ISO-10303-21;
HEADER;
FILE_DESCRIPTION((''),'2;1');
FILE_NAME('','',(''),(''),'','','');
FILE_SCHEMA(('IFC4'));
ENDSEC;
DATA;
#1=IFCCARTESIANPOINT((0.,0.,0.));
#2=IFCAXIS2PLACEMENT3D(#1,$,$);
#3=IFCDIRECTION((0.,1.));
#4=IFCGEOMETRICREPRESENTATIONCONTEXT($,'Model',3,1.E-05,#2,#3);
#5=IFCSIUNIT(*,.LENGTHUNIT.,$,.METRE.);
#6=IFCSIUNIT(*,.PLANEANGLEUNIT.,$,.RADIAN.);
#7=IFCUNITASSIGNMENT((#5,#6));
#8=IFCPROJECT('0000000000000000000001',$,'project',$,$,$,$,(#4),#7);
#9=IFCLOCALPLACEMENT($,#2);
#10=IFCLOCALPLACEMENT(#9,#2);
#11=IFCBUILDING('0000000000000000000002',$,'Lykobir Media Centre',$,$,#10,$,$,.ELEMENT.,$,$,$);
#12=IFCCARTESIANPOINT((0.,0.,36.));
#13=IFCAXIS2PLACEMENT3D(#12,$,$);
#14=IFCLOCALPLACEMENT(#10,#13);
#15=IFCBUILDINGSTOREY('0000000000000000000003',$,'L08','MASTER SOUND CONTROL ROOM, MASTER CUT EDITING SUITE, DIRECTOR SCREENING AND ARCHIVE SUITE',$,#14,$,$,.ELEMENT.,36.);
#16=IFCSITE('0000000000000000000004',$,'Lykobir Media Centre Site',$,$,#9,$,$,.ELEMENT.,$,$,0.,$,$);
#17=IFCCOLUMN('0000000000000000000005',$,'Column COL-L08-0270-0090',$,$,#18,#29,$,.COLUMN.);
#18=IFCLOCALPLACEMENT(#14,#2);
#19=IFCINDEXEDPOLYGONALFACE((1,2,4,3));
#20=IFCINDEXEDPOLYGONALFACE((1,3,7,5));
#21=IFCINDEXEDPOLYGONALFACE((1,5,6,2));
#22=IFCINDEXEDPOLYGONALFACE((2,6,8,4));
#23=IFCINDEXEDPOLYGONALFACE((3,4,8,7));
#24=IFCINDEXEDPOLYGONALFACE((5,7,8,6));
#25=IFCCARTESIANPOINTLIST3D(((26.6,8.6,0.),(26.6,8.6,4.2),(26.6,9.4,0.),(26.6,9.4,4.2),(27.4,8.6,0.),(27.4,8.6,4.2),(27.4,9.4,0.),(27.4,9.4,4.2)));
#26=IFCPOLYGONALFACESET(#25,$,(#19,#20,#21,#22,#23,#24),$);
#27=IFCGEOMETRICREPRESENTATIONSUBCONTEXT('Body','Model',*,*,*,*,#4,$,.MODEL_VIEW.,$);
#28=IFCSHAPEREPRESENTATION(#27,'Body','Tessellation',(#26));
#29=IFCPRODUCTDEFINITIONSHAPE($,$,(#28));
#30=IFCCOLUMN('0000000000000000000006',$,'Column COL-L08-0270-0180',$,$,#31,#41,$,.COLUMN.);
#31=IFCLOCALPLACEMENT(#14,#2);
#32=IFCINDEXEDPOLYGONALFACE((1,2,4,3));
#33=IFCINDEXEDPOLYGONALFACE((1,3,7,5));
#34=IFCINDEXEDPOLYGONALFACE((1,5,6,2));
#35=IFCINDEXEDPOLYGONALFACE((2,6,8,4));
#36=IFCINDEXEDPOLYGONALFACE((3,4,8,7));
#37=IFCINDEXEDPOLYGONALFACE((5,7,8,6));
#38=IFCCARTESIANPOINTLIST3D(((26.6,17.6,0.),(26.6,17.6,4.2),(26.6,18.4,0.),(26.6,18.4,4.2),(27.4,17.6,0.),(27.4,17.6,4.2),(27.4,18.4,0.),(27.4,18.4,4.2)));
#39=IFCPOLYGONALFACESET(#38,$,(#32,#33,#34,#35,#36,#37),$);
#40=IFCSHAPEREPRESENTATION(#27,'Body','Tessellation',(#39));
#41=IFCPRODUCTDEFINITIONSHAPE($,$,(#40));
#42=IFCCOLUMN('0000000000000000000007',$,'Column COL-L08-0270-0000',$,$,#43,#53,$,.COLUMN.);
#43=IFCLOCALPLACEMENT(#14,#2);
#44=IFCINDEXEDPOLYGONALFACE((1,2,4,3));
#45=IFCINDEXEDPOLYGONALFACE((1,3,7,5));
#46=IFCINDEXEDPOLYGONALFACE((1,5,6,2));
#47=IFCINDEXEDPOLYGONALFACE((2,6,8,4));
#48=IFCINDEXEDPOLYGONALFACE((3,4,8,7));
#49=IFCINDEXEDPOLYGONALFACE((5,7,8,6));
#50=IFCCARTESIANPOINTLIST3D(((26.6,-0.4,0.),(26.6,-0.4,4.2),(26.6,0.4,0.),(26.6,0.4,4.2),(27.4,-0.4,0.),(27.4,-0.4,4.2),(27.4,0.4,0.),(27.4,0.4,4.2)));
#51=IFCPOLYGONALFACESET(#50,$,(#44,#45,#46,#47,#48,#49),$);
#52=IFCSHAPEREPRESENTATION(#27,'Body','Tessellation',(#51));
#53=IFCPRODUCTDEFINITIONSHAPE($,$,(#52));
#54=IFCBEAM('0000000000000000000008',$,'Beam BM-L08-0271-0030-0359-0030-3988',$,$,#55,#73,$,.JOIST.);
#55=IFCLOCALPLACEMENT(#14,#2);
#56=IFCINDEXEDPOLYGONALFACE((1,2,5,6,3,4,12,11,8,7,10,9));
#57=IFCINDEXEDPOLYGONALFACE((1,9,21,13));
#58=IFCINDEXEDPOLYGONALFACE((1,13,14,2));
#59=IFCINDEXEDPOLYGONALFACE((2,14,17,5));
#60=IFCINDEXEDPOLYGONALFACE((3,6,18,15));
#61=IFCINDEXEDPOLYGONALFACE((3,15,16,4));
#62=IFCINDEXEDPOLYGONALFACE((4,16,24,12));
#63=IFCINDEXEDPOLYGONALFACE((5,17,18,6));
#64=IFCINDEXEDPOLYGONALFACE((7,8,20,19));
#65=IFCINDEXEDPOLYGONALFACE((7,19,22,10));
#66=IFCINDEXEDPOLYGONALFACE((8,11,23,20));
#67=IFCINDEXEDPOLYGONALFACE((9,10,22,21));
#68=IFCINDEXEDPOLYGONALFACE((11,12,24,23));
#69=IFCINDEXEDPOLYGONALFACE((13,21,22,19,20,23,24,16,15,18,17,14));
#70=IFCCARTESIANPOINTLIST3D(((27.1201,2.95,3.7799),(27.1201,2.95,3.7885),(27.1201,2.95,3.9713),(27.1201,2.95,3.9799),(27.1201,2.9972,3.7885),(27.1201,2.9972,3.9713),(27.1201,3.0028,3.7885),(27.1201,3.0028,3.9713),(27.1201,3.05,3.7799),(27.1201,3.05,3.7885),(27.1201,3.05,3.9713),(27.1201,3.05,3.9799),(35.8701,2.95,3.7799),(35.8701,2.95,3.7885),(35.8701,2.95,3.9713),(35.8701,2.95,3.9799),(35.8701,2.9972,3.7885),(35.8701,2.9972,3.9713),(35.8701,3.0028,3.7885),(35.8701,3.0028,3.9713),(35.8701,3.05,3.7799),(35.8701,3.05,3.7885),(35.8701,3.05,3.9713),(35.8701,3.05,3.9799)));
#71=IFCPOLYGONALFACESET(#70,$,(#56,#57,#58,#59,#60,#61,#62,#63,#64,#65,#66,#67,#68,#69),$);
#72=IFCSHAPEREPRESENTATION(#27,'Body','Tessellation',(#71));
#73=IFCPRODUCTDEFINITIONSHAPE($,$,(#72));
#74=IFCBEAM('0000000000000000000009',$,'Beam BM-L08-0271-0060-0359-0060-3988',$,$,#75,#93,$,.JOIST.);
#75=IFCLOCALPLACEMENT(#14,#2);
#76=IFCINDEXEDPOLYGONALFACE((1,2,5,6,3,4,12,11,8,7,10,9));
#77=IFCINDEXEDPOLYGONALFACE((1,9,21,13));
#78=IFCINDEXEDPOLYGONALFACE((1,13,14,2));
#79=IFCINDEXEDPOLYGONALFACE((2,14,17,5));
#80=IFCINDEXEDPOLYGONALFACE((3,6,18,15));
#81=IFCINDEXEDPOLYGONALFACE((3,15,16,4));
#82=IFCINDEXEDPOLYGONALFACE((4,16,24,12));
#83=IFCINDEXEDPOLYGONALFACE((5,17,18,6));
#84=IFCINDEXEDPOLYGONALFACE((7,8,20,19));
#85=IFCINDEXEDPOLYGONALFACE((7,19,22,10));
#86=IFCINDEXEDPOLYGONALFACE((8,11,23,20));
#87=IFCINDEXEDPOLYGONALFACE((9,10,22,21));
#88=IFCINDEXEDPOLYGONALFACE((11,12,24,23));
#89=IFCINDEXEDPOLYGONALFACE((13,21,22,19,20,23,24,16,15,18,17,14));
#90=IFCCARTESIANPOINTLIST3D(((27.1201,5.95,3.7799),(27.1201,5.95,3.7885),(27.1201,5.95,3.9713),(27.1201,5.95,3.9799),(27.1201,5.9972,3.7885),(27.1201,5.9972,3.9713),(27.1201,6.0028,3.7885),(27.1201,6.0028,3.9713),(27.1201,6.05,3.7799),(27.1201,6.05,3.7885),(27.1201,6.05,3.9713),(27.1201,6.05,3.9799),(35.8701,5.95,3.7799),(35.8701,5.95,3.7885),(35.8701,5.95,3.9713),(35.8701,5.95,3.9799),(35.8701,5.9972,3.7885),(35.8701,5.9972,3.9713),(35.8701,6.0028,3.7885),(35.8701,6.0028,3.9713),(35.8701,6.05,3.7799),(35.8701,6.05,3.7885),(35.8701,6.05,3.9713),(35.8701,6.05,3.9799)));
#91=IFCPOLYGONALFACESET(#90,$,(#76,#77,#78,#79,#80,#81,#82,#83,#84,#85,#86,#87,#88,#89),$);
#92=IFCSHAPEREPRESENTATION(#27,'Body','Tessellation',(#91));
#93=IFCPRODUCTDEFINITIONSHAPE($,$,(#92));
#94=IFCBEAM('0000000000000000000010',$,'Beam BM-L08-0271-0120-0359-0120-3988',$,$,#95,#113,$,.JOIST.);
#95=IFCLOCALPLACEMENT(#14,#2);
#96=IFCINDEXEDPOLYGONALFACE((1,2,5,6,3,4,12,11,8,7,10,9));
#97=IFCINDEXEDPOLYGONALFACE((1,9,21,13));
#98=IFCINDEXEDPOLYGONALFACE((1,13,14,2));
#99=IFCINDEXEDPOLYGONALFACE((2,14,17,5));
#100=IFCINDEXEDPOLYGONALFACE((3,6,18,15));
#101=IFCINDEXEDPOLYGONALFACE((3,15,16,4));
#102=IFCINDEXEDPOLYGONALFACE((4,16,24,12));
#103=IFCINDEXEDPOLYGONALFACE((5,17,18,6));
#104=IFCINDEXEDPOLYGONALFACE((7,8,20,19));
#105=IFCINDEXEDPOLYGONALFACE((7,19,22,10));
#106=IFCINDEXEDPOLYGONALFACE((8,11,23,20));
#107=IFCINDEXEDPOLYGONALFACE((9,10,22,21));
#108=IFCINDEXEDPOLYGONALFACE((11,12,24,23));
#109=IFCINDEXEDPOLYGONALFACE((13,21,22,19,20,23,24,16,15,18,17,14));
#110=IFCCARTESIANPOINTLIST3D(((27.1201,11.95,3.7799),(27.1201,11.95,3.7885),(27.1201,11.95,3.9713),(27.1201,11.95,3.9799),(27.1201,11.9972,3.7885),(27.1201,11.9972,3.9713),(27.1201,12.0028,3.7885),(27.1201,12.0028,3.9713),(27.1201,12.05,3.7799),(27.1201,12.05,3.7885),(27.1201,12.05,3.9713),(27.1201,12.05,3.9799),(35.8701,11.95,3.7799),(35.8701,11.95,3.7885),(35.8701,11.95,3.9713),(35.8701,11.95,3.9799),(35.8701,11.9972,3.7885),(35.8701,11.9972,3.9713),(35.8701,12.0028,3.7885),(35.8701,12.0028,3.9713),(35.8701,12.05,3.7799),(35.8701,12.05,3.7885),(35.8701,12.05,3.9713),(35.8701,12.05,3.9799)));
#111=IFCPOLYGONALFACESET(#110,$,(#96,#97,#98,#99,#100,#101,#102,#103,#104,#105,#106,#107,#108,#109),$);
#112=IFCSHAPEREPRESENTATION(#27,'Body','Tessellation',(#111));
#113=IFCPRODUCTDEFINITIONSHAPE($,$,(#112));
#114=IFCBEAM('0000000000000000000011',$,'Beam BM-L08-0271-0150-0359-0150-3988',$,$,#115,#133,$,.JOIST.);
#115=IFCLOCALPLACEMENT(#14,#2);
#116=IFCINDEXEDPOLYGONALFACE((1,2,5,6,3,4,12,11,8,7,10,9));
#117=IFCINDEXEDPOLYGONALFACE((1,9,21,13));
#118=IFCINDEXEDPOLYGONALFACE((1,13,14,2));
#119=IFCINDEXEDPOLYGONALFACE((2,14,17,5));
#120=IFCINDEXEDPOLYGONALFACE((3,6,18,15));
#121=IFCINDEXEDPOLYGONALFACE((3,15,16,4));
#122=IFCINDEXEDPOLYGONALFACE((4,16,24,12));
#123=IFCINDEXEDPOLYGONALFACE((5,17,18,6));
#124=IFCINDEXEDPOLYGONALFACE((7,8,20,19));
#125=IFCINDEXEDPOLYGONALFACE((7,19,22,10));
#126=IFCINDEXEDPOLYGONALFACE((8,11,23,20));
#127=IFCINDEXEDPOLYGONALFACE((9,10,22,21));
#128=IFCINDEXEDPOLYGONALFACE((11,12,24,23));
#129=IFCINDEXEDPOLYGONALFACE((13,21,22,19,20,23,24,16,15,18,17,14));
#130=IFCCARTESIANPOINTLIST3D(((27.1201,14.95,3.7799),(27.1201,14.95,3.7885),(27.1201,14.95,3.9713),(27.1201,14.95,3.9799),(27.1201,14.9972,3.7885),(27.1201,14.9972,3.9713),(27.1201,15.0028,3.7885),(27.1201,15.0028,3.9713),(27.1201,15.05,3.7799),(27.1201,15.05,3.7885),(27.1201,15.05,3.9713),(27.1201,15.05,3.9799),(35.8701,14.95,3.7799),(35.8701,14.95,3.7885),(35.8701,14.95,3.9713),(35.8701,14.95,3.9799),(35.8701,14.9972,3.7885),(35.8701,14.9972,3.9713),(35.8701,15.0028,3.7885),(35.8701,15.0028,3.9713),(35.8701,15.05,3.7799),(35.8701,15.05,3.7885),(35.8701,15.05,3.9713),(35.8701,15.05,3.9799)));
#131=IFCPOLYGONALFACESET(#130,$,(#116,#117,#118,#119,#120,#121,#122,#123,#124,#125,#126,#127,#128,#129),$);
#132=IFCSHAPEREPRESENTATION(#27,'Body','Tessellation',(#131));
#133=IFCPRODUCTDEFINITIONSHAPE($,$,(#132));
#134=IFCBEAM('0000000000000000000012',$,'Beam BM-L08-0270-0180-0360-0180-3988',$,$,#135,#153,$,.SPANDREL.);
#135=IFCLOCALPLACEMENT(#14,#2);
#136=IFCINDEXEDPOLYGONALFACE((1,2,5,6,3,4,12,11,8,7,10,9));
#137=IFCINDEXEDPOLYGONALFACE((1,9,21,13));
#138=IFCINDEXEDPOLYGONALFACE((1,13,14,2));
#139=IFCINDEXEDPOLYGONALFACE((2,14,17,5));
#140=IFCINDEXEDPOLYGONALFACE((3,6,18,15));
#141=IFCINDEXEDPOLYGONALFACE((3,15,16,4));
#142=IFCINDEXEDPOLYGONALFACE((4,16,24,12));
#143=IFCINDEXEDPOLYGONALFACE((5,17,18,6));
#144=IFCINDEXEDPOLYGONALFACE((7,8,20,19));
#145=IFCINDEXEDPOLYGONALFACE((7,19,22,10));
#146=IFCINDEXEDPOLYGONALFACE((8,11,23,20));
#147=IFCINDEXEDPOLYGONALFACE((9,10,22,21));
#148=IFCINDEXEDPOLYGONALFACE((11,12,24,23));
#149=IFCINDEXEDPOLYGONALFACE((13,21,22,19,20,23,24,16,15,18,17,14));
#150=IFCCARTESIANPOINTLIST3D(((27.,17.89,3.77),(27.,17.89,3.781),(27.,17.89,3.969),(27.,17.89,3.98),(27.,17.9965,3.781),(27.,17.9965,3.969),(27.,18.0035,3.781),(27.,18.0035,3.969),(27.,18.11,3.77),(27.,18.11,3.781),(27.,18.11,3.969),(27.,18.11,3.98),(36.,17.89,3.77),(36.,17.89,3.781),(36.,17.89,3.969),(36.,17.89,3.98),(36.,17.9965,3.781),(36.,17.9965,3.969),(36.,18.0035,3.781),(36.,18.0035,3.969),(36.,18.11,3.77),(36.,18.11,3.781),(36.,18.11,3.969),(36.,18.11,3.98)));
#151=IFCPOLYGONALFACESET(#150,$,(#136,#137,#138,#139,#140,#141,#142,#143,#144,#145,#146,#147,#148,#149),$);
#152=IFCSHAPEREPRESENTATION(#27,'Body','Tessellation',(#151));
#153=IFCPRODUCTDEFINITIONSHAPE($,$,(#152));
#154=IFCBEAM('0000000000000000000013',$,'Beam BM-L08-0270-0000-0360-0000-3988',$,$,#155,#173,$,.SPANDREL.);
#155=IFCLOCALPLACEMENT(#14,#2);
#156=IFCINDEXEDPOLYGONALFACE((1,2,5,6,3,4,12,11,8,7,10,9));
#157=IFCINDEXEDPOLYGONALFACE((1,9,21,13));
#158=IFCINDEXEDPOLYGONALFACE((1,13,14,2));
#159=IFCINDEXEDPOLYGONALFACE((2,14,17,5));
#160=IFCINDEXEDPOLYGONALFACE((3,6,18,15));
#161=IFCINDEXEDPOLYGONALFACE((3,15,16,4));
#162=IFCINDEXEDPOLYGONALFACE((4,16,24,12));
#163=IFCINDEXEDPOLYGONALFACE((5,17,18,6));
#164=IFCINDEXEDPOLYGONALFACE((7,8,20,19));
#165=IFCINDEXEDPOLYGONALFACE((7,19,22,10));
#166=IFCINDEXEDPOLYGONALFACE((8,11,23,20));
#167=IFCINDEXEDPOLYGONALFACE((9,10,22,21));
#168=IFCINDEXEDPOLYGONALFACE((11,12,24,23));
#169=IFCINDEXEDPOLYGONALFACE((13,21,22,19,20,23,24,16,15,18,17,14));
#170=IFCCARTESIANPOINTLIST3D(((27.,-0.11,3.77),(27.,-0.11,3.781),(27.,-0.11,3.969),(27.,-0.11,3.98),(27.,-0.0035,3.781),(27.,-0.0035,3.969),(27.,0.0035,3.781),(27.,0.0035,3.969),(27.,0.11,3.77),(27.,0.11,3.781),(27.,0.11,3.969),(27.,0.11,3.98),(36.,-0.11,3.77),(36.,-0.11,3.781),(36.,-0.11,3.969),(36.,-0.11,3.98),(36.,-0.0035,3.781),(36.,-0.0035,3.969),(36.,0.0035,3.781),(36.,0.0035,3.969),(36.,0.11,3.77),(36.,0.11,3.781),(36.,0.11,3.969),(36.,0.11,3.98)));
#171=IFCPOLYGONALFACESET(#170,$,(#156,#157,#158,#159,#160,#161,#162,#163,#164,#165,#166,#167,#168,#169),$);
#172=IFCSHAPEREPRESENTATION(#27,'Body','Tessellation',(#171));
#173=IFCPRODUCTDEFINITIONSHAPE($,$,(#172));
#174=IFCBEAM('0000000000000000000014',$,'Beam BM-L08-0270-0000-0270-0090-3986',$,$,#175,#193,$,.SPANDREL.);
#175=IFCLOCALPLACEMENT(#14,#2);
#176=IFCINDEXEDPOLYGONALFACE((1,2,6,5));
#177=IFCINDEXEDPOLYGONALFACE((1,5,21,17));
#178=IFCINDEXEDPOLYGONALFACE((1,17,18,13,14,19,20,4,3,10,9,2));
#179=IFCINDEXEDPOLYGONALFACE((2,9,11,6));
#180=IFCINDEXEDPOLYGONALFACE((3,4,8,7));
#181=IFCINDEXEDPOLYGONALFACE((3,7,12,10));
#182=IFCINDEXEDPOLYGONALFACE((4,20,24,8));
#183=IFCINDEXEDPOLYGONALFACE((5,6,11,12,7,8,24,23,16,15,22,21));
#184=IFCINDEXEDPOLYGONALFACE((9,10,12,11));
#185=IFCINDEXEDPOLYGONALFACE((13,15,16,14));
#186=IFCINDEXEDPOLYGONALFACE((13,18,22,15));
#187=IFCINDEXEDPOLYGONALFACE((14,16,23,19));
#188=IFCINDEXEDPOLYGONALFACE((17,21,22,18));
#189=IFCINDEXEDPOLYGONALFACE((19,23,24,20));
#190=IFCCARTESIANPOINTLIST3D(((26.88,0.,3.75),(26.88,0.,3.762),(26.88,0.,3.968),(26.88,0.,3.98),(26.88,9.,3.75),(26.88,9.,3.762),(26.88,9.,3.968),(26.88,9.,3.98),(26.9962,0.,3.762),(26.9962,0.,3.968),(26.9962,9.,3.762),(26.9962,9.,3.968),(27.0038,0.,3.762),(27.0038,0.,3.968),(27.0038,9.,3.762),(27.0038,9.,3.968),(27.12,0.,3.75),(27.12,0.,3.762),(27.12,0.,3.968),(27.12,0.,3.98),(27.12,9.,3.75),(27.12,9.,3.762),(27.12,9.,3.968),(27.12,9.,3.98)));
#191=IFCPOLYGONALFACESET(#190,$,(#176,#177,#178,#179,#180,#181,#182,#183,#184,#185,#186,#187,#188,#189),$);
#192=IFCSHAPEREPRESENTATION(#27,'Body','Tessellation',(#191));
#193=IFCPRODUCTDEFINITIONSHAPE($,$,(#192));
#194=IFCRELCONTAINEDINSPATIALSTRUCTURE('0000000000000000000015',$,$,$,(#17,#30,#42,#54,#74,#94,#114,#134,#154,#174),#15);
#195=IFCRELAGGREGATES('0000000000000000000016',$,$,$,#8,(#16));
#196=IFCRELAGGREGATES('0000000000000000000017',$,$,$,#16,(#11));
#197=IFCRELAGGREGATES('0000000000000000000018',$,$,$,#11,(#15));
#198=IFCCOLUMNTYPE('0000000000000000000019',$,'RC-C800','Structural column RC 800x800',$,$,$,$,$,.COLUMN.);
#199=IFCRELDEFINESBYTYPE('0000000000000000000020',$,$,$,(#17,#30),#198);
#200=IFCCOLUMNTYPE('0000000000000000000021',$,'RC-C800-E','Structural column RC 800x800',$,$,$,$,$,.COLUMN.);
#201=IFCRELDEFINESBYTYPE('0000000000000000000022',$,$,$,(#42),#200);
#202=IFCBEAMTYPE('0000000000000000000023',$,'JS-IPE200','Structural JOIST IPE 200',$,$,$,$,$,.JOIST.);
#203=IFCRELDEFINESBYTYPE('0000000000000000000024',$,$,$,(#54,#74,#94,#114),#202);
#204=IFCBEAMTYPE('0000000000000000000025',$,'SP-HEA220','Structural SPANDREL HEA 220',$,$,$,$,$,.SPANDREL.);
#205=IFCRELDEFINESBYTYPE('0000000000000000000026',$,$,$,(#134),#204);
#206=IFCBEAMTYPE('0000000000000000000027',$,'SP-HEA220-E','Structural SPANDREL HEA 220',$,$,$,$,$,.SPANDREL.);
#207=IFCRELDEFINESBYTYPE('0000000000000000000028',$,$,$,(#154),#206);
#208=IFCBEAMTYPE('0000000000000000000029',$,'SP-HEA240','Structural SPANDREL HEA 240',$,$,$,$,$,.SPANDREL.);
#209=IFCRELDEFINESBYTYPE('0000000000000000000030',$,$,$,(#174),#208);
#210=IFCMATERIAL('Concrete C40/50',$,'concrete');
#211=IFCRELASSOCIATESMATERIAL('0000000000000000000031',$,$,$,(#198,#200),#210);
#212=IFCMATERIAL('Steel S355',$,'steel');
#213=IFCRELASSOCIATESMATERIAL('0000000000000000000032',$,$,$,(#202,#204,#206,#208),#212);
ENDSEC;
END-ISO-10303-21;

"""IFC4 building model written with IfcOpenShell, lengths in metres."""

from ifc_helpers import new_model, si_unit, direction, frame, origin, origin_2d, place, context, subcontext, project, spatial, rectangle, i_section, extrude, material, material_profile, profile_set, type_object, element, save


model = new_model("IFC4")

# Units and contexts
model_context = context("Model", 3, precision=1e-05, world=origin(), true_north=direction((0.0, 1.0)))
body_context = subcontext(model_context, "Body", "Model", "MODEL_VIEW")
ifc_project = project(units=[si_unit("LENGTHUNIT", "METRE"), si_unit("PLANEANGLEUNIT", "RADIAN")], contexts=[model_context])

# Site, building, storey
site_placement = place(None, origin())
site = spatial("IfcSite", under=ifc_project, at=site_placement, Name="Lykobir Media Centre Site", CompositionType="ELEMENT", RefElevation=0.0)
building_placement = place(site_placement, origin())
building = spatial("IfcBuilding", under=site, at=building_placement, Name="Lykobir Media Centre", CompositionType="ELEMENT")
storey_placement = place(building_placement, frame((0.0, 0.0, 36.0)))
storey = spatial("IfcBuildingStorey", under=building, at=storey_placement, Name="L08", Description="MASTER SOUND CONTROL ROOM, MASTER CUT EDITING SUITE, DIRECTOR SCREENING AND ARCHIVE SUITE", CompositionType="ELEMENT", Elevation=36.0)

# Columns
ifc_material_1 = material(Name="Concrete C40/50", Category="concrete")
ifc_material_profile_1 = material_profile(ifc_material_1, rectangle(XDim=0.8, YDim=0.8, at=origin_2d()), Name="RC 800x800")
ifc_profile_set_1 = profile_set([ifc_material_profile_1], Name="Concrete C40/50")
column_type_1 = type_object("IfcColumnType", Name="RC-C800", Description="Structural column RC 800x800", PredefinedType="COLUMN", material=ifc_profile_set_1)
for number, where, z_axis, x_axis, name in (
    (1, (27.0, 9.0, 0.0), (0.0, 0.0, 1.0), (1.0, 0.0, 0.0), "Column COL-L08-0270-0090"),
    (2, (27.0, 18.0, 0.0), (0.0, 0.0, 1.0), (1.0, 0.0, 0.0), "Column COL-L08-0270-0180"),
):
    element("IfcColumn", number, at=place(storey_placement, frame(where, z_axis=z_axis, x_axis=x_axis)), inside=storey, type_object=column_type_1, Name=name, PredefinedType="COLUMN", context=body_context, shape_type="SweptSolid", body=[
        extrude(rectangle(XDim=0.8, YDim=0.8, at=origin_2d()), origin(), (0.0, 0.0, 1.0), 4.2),
    ])
ifc_material_profile_2 = material_profile(ifc_material_1, rectangle(XDim=0.8, YDim=0.8, at=origin_2d()), Name="RC 800x800")
ifc_profile_set_2 = profile_set([ifc_material_profile_2], Name="Concrete C40/50")
column_type_2 = type_object("IfcColumnType", Name="RC-C800-E", Description="Structural column RC 800x800", PredefinedType="COLUMN", material=ifc_profile_set_2)
column_placement = place(storey_placement, frame((27.0, 0.0, 0.0), z_axis=(0.0, 0.0, 1.0), x_axis=(1.0, 0.0, 0.0)))
element("IfcColumn", 3, at=column_placement, inside=storey, type_object=column_type_2, Name="Column COL-L08-0270-0000", PredefinedType="COLUMN", context=body_context, shape_type="SweptSolid", body=[
    extrude(rectangle(XDim=0.8, YDim=0.8, at=origin_2d()), origin(), (0.0, 0.0, 1.0), 4.2),
])

# Beams
ifc_material_2 = material(Name="Steel S355", Category="steel")
ifc_material_profile_3 = material_profile(ifc_material_2, i_section(OverallWidth=0.1001, OverallDepth=0.2, WebThickness=0.0056, FlangeThickness=0.0085, at=origin_2d()), Name="IPE 200")
ifc_profile_set_3 = profile_set([ifc_material_profile_3], Name="Steel S355")
beam_type_1 = type_object("IfcBeamType", Name="JS-IPE200", Description="Structural JOIST IPE 200", PredefinedType="JOIST", material=ifc_profile_set_3)
for number, where, z_axis, x_axis, name in (
    (4, (27.1201, 3.0, 3.8799), (1.0, 0.0, 0.0), (0.0, 1.0, 0.0), "Beam BM-L08-0271-0030-0359-0030-3988"),
    (5, (27.1201, 6.0, 3.8799), (1.0, 0.0, 0.0), (0.0, 1.0, 0.0), "Beam BM-L08-0271-0060-0359-0060-3988"),
    (6, (27.1201, 12.0, 3.8799), (1.0, 0.0, 0.0), (0.0, 1.0, 0.0), "Beam BM-L08-0271-0120-0359-0120-3988"),
    (7, (27.1201, 15.0, 3.8799), (1.0, 0.0, 0.0), (0.0, 1.0, 0.0), "Beam BM-L08-0271-0150-0359-0150-3988"),
):
    element("IfcBeam", number, at=place(storey_placement, frame(where, z_axis=z_axis, x_axis=x_axis)), inside=storey, type_object=beam_type_1, Name=name, PredefinedType="JOIST", context=body_context, shape_type="SweptSolid", body=[
        extrude(i_section(OverallWidth=0.1001, OverallDepth=0.2, WebThickness=0.0056, FlangeThickness=0.0085, at=origin_2d()), origin(), (0.0, 0.0, 1.0), 8.75),
    ])
ifc_material_profile_4 = material_profile(ifc_material_2, i_section(OverallWidth=0.22, OverallDepth=0.21, WebThickness=0.0071, FlangeThickness=0.011, at=origin_2d()), Name="HEA 220")
ifc_profile_set_4 = profile_set([ifc_material_profile_4], Name="Steel S355")
beam_type_2 = type_object("IfcBeamType", Name="SP-HEA220", Description="Structural SPANDREL HEA 220", PredefinedType="SPANDREL", material=ifc_profile_set_4)
beam_1_placement = place(storey_placement, frame((27.0, 18.0, 3.875), z_axis=(1.0, 0.0, 0.0), x_axis=(0.0, 1.0, 0.0)))
element("IfcBeam", 8, at=beam_1_placement, inside=storey, type_object=beam_type_2, Name="Beam BM-L08-0270-0180-0360-0180-3988", PredefinedType="SPANDREL", context=body_context, shape_type="SweptSolid", body=[
    extrude(i_section(OverallWidth=0.22, OverallDepth=0.21, WebThickness=0.0071, FlangeThickness=0.011, at=origin_2d()), origin(), (0.0, 0.0, 1.0), 9.0),
])
ifc_material_profile_5 = material_profile(ifc_material_2, i_section(OverallWidth=0.22, OverallDepth=0.21, WebThickness=0.0071, FlangeThickness=0.011, at=origin_2d()), Name="HEA 220")
ifc_profile_set_5 = profile_set([ifc_material_profile_5], Name="Steel S355")
beam_type_3 = type_object("IfcBeamType", Name="SP-HEA220-E", Description="Structural SPANDREL HEA 220", PredefinedType="SPANDREL", material=ifc_profile_set_5)
beam_2_placement = place(storey_placement, frame((27.0, 0.0, 3.875), z_axis=(1.0, 0.0, 0.0), x_axis=(0.0, 1.0, 0.0)))
element("IfcBeam", 9, at=beam_2_placement, inside=storey, type_object=beam_type_3, Name="Beam BM-L08-0270-0000-0360-0000-3988", PredefinedType="SPANDREL", context=body_context, shape_type="SweptSolid", body=[
    extrude(i_section(OverallWidth=0.22, OverallDepth=0.21, WebThickness=0.0071, FlangeThickness=0.011, at=origin_2d()), origin(), (0.0, 0.0, 1.0), 9.0),
])
ifc_material_profile_6 = material_profile(ifc_material_2, i_section(OverallWidth=0.24, OverallDepth=0.23, WebThickness=0.0076, FlangeThickness=0.012, at=origin_2d()), Name="HEA 240")
ifc_profile_set_6 = profile_set([ifc_material_profile_6], Name="Steel S355")
beam_type_4 = type_object("IfcBeamType", Name="SP-HEA240", Description="Structural SPANDREL HEA 240", PredefinedType="SPANDREL", material=ifc_profile_set_6)
for number, where, z_axis, x_axis, name in (
    (10, (27.0, 0.0, 3.865), (0.0, 1.0, 0.0), (-1.0, 0.0, 0.0), "Beam BM-L08-0270-0000-0270-0090-3986"),
):
    element("IfcBeam", number, at=place(storey_placement, frame(where, z_axis=z_axis, x_axis=x_axis)), inside=storey, type_object=beam_type_4, Name=name, PredefinedType="SPANDREL", context=body_context, shape_type="SweptSolid", body=[
        extrude(i_section(OverallWidth=0.24, OverallDepth=0.23, WebThickness=0.0076, FlangeThickness=0.012, at=origin_2d()), origin(), (0.0, 0.0, 1.0), 9.0),
    ])

save(model, "model.ifc")
